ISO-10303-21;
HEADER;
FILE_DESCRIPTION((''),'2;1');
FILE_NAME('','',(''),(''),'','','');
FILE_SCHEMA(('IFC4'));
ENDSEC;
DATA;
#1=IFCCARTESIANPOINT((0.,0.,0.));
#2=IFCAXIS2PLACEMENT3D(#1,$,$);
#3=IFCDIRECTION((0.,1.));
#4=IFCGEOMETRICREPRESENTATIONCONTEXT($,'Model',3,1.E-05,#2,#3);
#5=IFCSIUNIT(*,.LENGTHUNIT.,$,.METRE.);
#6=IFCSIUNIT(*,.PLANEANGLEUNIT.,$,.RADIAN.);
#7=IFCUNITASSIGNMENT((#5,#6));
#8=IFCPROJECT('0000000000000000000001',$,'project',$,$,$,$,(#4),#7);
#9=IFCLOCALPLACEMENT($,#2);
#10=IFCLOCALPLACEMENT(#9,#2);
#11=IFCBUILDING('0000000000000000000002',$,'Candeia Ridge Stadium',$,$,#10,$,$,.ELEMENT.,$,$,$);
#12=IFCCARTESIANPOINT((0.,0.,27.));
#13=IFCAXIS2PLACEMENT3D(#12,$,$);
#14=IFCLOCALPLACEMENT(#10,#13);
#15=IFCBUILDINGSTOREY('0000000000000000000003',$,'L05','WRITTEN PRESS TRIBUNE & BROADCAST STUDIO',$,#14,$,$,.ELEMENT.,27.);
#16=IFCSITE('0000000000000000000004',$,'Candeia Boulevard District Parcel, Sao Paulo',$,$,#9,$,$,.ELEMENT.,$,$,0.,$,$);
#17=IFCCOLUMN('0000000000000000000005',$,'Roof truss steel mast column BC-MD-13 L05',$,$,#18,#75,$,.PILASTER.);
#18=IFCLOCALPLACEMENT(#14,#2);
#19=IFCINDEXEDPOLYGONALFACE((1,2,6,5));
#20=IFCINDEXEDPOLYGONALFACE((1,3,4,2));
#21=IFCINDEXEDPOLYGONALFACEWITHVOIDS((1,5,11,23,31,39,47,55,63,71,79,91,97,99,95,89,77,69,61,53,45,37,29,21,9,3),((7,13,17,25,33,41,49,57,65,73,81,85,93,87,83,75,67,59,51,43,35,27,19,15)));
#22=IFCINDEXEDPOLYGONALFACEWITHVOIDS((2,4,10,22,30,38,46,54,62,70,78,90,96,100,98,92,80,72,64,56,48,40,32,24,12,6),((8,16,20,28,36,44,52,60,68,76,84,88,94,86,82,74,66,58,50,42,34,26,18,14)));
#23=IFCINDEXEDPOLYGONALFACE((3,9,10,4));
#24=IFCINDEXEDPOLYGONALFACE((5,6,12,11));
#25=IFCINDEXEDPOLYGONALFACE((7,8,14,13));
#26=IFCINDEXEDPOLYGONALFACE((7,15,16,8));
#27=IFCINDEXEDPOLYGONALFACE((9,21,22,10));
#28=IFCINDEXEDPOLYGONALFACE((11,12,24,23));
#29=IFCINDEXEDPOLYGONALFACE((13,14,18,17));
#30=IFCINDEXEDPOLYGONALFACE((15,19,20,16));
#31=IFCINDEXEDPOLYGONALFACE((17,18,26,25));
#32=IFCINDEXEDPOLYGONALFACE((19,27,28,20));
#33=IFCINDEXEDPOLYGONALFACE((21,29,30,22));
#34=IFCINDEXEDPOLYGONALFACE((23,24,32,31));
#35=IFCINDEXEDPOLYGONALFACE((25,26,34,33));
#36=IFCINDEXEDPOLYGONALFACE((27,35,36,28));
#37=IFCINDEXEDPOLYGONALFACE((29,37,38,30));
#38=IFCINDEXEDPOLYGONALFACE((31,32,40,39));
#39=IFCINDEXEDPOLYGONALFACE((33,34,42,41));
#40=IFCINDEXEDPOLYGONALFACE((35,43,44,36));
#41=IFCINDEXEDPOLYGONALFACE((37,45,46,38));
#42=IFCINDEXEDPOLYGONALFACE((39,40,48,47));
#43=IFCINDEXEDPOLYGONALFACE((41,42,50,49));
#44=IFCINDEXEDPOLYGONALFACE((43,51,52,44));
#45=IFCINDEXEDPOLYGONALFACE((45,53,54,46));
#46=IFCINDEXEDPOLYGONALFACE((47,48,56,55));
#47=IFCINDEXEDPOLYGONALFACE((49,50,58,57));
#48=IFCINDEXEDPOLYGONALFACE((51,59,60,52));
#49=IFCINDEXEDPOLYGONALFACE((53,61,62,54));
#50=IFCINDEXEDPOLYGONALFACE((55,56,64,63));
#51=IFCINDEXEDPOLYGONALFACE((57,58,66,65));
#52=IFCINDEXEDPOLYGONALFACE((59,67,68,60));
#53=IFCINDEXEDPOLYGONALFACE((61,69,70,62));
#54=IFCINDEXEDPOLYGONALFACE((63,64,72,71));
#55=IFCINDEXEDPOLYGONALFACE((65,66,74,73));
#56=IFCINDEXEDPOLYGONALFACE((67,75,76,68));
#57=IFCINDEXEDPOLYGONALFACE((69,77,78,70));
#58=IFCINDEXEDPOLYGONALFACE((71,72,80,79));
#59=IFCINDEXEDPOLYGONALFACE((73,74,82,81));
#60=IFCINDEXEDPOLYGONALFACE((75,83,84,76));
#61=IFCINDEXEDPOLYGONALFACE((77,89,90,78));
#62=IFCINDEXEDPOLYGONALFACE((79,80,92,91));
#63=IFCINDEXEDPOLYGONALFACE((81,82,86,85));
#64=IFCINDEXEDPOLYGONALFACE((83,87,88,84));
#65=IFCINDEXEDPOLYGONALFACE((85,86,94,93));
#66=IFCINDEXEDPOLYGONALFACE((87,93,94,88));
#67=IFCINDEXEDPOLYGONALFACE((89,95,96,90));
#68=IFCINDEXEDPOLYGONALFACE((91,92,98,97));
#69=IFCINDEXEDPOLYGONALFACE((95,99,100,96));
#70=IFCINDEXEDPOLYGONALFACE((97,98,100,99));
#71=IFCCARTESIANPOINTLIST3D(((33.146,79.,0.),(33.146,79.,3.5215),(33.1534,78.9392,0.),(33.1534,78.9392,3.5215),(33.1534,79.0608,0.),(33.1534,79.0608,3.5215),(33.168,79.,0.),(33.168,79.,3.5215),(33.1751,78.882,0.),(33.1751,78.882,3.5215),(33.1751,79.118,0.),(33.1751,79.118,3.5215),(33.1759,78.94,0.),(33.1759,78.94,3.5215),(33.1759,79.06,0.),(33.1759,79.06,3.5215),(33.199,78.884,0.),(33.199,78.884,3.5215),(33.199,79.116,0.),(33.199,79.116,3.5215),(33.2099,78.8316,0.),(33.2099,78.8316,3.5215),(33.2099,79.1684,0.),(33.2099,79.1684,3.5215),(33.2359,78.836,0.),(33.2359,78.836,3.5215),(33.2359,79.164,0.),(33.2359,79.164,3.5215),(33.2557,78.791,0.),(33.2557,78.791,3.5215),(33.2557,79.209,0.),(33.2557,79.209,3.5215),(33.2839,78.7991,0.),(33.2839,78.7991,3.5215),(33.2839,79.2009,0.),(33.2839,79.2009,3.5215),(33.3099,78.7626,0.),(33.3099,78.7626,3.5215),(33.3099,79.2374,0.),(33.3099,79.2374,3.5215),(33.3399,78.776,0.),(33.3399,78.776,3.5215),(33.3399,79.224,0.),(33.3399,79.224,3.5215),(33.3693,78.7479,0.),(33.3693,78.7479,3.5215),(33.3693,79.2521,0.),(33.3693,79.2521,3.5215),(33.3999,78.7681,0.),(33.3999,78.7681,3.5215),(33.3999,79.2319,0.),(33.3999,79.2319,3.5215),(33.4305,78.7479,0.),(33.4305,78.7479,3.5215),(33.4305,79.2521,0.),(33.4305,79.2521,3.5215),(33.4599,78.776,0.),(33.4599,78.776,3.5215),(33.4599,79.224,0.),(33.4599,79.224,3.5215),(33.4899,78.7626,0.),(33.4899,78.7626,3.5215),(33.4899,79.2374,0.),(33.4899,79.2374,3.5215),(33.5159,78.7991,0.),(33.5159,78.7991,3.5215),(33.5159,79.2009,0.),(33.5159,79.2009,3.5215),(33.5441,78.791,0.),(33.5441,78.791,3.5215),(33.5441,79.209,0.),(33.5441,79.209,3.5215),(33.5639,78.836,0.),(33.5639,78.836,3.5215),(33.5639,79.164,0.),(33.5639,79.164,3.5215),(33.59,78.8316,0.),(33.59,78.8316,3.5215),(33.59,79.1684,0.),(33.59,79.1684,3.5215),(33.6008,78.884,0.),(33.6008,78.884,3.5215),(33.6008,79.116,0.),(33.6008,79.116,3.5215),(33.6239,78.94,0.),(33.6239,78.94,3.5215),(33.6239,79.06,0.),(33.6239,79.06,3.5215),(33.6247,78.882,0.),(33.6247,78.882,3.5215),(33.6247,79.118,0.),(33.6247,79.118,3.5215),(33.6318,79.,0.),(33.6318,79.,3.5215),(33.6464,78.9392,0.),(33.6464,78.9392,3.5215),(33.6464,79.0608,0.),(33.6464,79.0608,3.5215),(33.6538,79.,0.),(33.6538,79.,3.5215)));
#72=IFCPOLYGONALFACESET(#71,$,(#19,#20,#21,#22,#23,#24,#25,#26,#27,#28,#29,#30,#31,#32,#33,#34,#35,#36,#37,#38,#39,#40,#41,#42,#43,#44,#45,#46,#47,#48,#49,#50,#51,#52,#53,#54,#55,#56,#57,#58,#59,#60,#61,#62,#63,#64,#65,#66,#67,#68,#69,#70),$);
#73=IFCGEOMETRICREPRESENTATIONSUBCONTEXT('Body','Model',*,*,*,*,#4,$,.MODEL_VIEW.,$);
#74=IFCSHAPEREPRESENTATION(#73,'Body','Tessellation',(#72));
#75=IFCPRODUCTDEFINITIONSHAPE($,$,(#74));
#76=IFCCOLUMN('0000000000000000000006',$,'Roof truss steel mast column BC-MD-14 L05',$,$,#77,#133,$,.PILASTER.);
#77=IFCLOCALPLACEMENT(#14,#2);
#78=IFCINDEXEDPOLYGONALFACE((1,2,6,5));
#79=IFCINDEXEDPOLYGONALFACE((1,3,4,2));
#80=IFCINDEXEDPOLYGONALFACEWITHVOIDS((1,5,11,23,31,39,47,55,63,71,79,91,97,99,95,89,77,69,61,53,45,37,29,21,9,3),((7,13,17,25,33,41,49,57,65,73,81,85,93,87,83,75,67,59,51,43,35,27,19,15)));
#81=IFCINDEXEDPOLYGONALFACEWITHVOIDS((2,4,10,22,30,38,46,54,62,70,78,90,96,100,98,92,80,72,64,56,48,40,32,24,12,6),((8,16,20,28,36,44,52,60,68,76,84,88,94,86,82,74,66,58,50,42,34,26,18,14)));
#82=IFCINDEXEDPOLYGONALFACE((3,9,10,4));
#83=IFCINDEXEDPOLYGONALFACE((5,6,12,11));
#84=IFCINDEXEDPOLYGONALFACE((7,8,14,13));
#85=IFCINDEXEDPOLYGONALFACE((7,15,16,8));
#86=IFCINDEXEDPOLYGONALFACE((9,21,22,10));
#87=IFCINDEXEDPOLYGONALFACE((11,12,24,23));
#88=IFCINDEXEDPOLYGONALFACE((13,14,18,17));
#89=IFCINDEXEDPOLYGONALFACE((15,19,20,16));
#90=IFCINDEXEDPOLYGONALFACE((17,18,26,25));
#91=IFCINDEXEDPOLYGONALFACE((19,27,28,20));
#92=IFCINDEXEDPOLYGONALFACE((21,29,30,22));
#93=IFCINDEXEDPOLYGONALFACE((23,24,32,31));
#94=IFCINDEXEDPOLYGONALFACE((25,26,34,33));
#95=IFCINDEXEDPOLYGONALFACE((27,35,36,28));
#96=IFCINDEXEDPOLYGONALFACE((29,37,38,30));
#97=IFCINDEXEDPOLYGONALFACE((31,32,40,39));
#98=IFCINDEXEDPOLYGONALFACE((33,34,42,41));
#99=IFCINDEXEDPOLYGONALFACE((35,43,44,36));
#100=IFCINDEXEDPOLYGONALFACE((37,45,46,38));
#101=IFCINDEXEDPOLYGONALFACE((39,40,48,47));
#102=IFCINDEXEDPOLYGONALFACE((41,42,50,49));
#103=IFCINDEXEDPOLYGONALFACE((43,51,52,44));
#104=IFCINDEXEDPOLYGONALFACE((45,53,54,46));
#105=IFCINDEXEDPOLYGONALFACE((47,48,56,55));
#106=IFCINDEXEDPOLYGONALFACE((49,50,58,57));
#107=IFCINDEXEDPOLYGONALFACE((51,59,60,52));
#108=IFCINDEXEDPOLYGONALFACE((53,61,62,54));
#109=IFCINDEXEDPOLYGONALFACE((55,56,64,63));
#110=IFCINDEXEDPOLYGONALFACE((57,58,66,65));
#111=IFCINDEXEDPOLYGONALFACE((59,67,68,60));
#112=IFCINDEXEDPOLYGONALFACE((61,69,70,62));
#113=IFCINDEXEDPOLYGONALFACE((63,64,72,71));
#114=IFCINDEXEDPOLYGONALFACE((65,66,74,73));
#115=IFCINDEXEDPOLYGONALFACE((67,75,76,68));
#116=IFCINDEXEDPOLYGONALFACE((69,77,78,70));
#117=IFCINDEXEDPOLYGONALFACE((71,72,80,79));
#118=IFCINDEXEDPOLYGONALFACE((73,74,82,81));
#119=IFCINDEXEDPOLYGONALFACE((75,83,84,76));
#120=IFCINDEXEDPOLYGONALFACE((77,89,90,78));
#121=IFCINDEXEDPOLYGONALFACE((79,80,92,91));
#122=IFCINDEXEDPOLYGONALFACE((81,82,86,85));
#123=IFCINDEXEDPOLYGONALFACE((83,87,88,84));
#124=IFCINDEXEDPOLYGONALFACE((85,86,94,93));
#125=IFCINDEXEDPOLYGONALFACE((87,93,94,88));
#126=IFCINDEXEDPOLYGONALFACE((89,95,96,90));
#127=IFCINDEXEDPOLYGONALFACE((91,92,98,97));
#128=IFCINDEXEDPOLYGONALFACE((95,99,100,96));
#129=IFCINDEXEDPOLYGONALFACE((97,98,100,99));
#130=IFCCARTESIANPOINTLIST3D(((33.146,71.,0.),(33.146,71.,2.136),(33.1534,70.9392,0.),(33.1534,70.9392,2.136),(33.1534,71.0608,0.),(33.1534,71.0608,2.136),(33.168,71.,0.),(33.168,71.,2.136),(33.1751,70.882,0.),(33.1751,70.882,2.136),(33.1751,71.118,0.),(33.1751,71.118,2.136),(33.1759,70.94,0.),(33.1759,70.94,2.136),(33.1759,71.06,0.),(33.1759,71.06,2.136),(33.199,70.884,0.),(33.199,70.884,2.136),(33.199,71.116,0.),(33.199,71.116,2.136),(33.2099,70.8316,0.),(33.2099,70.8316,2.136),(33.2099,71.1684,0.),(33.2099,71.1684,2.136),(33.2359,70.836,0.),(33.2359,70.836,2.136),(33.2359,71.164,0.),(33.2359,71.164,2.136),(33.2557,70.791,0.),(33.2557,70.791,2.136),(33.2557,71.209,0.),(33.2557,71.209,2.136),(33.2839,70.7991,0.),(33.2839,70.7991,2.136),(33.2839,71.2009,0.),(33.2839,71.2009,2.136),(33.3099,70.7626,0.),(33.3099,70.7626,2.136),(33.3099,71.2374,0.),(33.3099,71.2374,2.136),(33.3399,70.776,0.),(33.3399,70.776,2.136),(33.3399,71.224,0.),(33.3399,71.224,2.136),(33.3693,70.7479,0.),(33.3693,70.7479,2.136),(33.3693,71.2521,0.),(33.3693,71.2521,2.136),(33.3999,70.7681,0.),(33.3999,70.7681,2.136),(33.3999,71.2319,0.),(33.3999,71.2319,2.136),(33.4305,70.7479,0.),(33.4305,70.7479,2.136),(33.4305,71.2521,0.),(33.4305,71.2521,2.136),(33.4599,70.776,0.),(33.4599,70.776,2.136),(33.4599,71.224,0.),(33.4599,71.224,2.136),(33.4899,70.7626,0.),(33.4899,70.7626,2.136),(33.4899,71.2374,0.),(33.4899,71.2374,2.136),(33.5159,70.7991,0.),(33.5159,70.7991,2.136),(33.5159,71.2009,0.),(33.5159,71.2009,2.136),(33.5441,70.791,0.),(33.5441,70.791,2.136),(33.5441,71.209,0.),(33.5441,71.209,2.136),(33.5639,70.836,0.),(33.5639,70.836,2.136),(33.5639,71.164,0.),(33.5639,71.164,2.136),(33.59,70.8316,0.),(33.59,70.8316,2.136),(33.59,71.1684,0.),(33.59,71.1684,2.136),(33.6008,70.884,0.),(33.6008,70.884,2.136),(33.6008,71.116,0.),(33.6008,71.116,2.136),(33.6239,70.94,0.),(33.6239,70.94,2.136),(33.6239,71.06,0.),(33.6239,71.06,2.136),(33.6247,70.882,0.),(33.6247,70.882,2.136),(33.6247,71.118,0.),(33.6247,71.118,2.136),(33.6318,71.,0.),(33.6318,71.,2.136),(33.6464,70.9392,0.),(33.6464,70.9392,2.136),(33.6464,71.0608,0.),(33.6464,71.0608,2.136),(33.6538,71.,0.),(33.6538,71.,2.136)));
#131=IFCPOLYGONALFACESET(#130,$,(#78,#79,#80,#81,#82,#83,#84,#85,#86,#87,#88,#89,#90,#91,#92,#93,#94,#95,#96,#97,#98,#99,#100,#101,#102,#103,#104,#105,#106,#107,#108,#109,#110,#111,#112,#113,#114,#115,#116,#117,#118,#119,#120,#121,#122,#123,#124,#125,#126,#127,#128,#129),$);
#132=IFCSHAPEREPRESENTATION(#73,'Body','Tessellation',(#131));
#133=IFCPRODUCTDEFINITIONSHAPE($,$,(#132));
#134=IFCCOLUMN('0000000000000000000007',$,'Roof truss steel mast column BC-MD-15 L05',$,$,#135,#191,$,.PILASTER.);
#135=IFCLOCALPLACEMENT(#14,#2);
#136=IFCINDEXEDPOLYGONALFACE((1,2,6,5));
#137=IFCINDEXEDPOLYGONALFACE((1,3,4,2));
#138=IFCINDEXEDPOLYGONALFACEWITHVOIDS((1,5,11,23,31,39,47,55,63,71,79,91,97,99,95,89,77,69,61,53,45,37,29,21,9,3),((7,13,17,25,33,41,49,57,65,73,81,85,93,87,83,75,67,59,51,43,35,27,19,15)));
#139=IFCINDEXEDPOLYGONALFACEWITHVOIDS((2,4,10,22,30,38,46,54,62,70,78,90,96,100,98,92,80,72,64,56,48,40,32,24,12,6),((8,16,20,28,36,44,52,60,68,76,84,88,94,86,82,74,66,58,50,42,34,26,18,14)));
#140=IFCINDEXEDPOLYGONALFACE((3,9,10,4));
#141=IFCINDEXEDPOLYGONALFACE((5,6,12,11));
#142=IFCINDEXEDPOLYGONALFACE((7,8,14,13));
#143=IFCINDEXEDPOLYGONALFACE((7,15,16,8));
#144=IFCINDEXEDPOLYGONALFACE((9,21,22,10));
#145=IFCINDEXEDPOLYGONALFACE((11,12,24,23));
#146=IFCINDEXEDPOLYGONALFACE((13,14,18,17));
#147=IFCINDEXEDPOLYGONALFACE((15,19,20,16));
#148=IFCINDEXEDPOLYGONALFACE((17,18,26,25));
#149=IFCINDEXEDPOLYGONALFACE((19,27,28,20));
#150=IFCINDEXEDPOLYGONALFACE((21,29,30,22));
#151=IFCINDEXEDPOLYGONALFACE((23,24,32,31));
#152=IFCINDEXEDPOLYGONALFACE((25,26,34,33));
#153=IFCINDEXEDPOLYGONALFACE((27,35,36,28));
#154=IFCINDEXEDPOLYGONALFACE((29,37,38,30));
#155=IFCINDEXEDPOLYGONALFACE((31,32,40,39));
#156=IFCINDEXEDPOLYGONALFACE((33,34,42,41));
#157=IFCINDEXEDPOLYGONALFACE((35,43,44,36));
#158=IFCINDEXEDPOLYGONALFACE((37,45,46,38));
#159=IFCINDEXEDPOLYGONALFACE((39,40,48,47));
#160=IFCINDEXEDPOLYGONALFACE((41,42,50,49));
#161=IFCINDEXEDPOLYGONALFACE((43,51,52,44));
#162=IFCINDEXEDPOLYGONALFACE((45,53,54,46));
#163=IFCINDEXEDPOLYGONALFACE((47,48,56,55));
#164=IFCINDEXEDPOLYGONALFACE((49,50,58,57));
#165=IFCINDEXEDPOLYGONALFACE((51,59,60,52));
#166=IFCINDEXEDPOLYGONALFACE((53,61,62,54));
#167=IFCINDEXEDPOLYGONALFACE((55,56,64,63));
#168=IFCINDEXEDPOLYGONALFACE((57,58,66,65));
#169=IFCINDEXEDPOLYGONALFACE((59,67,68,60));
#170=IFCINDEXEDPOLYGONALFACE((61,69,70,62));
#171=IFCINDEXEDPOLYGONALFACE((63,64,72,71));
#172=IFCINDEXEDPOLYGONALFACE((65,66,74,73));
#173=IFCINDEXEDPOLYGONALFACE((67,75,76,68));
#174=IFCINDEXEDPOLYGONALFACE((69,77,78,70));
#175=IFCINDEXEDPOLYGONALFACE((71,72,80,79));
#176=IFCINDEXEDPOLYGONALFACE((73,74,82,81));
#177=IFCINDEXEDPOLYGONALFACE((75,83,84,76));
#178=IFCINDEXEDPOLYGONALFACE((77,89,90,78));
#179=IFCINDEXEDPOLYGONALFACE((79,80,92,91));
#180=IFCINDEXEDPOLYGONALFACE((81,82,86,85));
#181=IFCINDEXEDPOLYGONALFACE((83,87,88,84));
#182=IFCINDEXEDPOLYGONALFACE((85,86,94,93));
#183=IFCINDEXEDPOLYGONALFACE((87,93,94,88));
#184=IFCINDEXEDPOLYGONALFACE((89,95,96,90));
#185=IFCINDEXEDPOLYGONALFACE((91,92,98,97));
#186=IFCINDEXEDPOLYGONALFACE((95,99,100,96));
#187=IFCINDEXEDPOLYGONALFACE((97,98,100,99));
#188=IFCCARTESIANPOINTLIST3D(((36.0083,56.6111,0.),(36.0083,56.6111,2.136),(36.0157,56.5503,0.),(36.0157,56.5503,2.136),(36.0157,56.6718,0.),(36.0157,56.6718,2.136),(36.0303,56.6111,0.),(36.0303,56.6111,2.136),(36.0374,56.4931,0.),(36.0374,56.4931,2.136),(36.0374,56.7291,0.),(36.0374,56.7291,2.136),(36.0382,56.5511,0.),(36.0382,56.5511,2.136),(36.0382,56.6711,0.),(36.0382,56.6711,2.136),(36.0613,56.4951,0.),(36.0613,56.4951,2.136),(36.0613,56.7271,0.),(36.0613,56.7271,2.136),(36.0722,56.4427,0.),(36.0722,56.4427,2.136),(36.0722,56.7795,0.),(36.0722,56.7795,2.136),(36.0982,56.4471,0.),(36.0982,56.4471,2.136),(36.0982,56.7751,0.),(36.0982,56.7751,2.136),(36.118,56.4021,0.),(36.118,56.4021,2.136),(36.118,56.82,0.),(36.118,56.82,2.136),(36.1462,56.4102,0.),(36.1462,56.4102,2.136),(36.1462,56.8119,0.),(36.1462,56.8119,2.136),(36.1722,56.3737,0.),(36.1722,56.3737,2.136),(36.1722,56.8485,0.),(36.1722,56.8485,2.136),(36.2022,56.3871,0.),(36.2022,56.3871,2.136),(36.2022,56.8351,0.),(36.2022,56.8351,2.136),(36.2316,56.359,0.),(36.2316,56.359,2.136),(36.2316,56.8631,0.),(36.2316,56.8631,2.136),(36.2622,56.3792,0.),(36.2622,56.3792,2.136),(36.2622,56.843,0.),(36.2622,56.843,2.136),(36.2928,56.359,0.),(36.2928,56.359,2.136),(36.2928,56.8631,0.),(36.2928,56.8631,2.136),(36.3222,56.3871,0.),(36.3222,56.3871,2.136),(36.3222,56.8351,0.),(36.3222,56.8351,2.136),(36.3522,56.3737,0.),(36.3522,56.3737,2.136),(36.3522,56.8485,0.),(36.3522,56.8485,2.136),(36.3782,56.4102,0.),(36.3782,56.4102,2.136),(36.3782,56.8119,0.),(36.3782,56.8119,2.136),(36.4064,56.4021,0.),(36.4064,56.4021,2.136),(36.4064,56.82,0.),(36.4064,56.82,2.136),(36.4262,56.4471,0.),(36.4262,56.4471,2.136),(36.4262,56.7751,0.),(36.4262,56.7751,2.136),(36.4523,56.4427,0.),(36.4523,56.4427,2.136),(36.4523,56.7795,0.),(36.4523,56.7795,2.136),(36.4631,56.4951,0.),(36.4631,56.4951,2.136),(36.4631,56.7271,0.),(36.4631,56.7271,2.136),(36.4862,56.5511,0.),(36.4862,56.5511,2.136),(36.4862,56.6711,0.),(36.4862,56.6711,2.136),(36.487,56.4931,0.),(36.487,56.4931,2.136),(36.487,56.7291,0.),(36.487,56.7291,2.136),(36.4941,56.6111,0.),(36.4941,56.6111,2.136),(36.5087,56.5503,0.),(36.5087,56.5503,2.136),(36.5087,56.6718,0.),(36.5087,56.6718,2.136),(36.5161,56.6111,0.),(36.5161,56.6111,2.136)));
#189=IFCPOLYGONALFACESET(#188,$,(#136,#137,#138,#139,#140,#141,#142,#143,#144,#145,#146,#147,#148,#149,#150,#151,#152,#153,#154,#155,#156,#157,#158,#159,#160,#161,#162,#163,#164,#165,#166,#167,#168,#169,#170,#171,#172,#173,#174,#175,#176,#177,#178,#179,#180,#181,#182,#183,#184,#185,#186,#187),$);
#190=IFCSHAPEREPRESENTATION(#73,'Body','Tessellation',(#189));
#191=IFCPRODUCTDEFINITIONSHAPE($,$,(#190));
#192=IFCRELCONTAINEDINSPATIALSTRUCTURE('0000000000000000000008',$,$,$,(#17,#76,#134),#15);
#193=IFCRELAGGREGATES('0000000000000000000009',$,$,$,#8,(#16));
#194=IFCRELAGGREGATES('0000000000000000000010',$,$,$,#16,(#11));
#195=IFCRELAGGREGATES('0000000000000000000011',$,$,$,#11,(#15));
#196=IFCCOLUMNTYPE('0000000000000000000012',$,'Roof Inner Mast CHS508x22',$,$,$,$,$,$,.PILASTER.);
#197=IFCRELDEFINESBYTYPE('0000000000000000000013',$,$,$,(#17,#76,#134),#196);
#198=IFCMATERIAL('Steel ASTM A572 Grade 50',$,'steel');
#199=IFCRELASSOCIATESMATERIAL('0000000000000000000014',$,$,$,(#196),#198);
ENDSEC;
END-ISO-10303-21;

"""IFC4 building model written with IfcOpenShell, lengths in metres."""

from ifc_helpers import new_model, si_unit, direction, frame, origin, origin_2d, place, context, subcontext, project, spatial, hollow_circle, extrude, material, material_profile, profile_set, type_object, element, save


model = new_model("IFC4")

# Units and contexts
model_context = context("Model", 3, precision=1e-05, world=origin(), true_north=direction((0.0, 1.0)))
body_context = subcontext(model_context, "Body", "Model", "MODEL_VIEW")
ifc_project = project(units=[si_unit("LENGTHUNIT", "METRE"), si_unit("PLANEANGLEUNIT", "RADIAN")], contexts=[model_context])

# Site, building, storey
site_placement = place(None, origin())
site = spatial("IfcSite", under=ifc_project, at=site_placement, Name="Candeia Boulevard District Parcel, Sao Paulo", CompositionType="ELEMENT", RefElevation=0.0)
building_placement = place(site_placement, origin())
building = spatial("IfcBuilding", under=site, at=building_placement, Name="Candeia Ridge Stadium", CompositionType="ELEMENT")
storey_placement = place(building_placement, frame((0.0, 0.0, 27.0)))
storey = spatial("IfcBuildingStorey", under=building, at=storey_placement, Name="L05", Description="WRITTEN PRESS TRIBUNE & BROADCAST STUDIO", CompositionType="ELEMENT", Elevation=27.0)

# Columns
ifc_material_1 = material(Name="Steel ASTM A572 Grade 50", Category="steel")
ifc_material_profile_1 = material_profile(ifc_material_1, hollow_circle(Radius=0.2539, WallThickness=0.022, at=origin_2d()), Name="CHS508x22", Category="steel")
ifc_profile_set_1 = profile_set([ifc_material_profile_1], Name="Steel ASTM A572 Grade 50")
column_type_1 = type_object("IfcColumnType", Name="Roof Inner Mast CHS508x22", PredefinedType="PILASTER", material=ifc_profile_set_1)
column_placement = place(storey_placement, frame((33.3999, 79.0, 0.0), z_axis=(0.0, 0.0, 1.0), x_axis=(1.0, 0.0, 0.0)))
element("IfcColumn", 1, at=column_placement, inside=storey, type_object=column_type_1, Name="Roof truss steel mast column BC-MD-13 L05", PredefinedType="PILASTER", context=body_context, shape_type="SweptSolid", body=[
    extrude(hollow_circle(Radius=0.2539, WallThickness=0.022, at=origin_2d()), origin(), (0.0, 0.0, 1.0), 3.5215),
])
for number, where, z_axis, x_axis, name in (
    (2, (33.3999, 71.0, 0.0), (0.0, 0.0, 1.0), (1.0, 0.0, 0.0), "Roof truss steel mast column BC-MD-14 L05"),
    (3, (36.2622, 56.6111, 0.0), (0.0, 0.0, 1.0), (1.0, 0.0, 0.0), "Roof truss steel mast column BC-MD-15 L05"),
):
    element("IfcColumn", number, at=place(storey_placement, frame(where, z_axis=z_axis, x_axis=x_axis)), inside=storey, type_object=column_type_1, Name=name, PredefinedType="PILASTER", context=body_context, shape_type="SweptSolid", body=[
        extrude(hollow_circle(Radius=0.2539, WallThickness=0.022, at=origin_2d()), origin(), (0.0, 0.0, 1.0), 2.136),
    ])

save(model, "model.ifc")
